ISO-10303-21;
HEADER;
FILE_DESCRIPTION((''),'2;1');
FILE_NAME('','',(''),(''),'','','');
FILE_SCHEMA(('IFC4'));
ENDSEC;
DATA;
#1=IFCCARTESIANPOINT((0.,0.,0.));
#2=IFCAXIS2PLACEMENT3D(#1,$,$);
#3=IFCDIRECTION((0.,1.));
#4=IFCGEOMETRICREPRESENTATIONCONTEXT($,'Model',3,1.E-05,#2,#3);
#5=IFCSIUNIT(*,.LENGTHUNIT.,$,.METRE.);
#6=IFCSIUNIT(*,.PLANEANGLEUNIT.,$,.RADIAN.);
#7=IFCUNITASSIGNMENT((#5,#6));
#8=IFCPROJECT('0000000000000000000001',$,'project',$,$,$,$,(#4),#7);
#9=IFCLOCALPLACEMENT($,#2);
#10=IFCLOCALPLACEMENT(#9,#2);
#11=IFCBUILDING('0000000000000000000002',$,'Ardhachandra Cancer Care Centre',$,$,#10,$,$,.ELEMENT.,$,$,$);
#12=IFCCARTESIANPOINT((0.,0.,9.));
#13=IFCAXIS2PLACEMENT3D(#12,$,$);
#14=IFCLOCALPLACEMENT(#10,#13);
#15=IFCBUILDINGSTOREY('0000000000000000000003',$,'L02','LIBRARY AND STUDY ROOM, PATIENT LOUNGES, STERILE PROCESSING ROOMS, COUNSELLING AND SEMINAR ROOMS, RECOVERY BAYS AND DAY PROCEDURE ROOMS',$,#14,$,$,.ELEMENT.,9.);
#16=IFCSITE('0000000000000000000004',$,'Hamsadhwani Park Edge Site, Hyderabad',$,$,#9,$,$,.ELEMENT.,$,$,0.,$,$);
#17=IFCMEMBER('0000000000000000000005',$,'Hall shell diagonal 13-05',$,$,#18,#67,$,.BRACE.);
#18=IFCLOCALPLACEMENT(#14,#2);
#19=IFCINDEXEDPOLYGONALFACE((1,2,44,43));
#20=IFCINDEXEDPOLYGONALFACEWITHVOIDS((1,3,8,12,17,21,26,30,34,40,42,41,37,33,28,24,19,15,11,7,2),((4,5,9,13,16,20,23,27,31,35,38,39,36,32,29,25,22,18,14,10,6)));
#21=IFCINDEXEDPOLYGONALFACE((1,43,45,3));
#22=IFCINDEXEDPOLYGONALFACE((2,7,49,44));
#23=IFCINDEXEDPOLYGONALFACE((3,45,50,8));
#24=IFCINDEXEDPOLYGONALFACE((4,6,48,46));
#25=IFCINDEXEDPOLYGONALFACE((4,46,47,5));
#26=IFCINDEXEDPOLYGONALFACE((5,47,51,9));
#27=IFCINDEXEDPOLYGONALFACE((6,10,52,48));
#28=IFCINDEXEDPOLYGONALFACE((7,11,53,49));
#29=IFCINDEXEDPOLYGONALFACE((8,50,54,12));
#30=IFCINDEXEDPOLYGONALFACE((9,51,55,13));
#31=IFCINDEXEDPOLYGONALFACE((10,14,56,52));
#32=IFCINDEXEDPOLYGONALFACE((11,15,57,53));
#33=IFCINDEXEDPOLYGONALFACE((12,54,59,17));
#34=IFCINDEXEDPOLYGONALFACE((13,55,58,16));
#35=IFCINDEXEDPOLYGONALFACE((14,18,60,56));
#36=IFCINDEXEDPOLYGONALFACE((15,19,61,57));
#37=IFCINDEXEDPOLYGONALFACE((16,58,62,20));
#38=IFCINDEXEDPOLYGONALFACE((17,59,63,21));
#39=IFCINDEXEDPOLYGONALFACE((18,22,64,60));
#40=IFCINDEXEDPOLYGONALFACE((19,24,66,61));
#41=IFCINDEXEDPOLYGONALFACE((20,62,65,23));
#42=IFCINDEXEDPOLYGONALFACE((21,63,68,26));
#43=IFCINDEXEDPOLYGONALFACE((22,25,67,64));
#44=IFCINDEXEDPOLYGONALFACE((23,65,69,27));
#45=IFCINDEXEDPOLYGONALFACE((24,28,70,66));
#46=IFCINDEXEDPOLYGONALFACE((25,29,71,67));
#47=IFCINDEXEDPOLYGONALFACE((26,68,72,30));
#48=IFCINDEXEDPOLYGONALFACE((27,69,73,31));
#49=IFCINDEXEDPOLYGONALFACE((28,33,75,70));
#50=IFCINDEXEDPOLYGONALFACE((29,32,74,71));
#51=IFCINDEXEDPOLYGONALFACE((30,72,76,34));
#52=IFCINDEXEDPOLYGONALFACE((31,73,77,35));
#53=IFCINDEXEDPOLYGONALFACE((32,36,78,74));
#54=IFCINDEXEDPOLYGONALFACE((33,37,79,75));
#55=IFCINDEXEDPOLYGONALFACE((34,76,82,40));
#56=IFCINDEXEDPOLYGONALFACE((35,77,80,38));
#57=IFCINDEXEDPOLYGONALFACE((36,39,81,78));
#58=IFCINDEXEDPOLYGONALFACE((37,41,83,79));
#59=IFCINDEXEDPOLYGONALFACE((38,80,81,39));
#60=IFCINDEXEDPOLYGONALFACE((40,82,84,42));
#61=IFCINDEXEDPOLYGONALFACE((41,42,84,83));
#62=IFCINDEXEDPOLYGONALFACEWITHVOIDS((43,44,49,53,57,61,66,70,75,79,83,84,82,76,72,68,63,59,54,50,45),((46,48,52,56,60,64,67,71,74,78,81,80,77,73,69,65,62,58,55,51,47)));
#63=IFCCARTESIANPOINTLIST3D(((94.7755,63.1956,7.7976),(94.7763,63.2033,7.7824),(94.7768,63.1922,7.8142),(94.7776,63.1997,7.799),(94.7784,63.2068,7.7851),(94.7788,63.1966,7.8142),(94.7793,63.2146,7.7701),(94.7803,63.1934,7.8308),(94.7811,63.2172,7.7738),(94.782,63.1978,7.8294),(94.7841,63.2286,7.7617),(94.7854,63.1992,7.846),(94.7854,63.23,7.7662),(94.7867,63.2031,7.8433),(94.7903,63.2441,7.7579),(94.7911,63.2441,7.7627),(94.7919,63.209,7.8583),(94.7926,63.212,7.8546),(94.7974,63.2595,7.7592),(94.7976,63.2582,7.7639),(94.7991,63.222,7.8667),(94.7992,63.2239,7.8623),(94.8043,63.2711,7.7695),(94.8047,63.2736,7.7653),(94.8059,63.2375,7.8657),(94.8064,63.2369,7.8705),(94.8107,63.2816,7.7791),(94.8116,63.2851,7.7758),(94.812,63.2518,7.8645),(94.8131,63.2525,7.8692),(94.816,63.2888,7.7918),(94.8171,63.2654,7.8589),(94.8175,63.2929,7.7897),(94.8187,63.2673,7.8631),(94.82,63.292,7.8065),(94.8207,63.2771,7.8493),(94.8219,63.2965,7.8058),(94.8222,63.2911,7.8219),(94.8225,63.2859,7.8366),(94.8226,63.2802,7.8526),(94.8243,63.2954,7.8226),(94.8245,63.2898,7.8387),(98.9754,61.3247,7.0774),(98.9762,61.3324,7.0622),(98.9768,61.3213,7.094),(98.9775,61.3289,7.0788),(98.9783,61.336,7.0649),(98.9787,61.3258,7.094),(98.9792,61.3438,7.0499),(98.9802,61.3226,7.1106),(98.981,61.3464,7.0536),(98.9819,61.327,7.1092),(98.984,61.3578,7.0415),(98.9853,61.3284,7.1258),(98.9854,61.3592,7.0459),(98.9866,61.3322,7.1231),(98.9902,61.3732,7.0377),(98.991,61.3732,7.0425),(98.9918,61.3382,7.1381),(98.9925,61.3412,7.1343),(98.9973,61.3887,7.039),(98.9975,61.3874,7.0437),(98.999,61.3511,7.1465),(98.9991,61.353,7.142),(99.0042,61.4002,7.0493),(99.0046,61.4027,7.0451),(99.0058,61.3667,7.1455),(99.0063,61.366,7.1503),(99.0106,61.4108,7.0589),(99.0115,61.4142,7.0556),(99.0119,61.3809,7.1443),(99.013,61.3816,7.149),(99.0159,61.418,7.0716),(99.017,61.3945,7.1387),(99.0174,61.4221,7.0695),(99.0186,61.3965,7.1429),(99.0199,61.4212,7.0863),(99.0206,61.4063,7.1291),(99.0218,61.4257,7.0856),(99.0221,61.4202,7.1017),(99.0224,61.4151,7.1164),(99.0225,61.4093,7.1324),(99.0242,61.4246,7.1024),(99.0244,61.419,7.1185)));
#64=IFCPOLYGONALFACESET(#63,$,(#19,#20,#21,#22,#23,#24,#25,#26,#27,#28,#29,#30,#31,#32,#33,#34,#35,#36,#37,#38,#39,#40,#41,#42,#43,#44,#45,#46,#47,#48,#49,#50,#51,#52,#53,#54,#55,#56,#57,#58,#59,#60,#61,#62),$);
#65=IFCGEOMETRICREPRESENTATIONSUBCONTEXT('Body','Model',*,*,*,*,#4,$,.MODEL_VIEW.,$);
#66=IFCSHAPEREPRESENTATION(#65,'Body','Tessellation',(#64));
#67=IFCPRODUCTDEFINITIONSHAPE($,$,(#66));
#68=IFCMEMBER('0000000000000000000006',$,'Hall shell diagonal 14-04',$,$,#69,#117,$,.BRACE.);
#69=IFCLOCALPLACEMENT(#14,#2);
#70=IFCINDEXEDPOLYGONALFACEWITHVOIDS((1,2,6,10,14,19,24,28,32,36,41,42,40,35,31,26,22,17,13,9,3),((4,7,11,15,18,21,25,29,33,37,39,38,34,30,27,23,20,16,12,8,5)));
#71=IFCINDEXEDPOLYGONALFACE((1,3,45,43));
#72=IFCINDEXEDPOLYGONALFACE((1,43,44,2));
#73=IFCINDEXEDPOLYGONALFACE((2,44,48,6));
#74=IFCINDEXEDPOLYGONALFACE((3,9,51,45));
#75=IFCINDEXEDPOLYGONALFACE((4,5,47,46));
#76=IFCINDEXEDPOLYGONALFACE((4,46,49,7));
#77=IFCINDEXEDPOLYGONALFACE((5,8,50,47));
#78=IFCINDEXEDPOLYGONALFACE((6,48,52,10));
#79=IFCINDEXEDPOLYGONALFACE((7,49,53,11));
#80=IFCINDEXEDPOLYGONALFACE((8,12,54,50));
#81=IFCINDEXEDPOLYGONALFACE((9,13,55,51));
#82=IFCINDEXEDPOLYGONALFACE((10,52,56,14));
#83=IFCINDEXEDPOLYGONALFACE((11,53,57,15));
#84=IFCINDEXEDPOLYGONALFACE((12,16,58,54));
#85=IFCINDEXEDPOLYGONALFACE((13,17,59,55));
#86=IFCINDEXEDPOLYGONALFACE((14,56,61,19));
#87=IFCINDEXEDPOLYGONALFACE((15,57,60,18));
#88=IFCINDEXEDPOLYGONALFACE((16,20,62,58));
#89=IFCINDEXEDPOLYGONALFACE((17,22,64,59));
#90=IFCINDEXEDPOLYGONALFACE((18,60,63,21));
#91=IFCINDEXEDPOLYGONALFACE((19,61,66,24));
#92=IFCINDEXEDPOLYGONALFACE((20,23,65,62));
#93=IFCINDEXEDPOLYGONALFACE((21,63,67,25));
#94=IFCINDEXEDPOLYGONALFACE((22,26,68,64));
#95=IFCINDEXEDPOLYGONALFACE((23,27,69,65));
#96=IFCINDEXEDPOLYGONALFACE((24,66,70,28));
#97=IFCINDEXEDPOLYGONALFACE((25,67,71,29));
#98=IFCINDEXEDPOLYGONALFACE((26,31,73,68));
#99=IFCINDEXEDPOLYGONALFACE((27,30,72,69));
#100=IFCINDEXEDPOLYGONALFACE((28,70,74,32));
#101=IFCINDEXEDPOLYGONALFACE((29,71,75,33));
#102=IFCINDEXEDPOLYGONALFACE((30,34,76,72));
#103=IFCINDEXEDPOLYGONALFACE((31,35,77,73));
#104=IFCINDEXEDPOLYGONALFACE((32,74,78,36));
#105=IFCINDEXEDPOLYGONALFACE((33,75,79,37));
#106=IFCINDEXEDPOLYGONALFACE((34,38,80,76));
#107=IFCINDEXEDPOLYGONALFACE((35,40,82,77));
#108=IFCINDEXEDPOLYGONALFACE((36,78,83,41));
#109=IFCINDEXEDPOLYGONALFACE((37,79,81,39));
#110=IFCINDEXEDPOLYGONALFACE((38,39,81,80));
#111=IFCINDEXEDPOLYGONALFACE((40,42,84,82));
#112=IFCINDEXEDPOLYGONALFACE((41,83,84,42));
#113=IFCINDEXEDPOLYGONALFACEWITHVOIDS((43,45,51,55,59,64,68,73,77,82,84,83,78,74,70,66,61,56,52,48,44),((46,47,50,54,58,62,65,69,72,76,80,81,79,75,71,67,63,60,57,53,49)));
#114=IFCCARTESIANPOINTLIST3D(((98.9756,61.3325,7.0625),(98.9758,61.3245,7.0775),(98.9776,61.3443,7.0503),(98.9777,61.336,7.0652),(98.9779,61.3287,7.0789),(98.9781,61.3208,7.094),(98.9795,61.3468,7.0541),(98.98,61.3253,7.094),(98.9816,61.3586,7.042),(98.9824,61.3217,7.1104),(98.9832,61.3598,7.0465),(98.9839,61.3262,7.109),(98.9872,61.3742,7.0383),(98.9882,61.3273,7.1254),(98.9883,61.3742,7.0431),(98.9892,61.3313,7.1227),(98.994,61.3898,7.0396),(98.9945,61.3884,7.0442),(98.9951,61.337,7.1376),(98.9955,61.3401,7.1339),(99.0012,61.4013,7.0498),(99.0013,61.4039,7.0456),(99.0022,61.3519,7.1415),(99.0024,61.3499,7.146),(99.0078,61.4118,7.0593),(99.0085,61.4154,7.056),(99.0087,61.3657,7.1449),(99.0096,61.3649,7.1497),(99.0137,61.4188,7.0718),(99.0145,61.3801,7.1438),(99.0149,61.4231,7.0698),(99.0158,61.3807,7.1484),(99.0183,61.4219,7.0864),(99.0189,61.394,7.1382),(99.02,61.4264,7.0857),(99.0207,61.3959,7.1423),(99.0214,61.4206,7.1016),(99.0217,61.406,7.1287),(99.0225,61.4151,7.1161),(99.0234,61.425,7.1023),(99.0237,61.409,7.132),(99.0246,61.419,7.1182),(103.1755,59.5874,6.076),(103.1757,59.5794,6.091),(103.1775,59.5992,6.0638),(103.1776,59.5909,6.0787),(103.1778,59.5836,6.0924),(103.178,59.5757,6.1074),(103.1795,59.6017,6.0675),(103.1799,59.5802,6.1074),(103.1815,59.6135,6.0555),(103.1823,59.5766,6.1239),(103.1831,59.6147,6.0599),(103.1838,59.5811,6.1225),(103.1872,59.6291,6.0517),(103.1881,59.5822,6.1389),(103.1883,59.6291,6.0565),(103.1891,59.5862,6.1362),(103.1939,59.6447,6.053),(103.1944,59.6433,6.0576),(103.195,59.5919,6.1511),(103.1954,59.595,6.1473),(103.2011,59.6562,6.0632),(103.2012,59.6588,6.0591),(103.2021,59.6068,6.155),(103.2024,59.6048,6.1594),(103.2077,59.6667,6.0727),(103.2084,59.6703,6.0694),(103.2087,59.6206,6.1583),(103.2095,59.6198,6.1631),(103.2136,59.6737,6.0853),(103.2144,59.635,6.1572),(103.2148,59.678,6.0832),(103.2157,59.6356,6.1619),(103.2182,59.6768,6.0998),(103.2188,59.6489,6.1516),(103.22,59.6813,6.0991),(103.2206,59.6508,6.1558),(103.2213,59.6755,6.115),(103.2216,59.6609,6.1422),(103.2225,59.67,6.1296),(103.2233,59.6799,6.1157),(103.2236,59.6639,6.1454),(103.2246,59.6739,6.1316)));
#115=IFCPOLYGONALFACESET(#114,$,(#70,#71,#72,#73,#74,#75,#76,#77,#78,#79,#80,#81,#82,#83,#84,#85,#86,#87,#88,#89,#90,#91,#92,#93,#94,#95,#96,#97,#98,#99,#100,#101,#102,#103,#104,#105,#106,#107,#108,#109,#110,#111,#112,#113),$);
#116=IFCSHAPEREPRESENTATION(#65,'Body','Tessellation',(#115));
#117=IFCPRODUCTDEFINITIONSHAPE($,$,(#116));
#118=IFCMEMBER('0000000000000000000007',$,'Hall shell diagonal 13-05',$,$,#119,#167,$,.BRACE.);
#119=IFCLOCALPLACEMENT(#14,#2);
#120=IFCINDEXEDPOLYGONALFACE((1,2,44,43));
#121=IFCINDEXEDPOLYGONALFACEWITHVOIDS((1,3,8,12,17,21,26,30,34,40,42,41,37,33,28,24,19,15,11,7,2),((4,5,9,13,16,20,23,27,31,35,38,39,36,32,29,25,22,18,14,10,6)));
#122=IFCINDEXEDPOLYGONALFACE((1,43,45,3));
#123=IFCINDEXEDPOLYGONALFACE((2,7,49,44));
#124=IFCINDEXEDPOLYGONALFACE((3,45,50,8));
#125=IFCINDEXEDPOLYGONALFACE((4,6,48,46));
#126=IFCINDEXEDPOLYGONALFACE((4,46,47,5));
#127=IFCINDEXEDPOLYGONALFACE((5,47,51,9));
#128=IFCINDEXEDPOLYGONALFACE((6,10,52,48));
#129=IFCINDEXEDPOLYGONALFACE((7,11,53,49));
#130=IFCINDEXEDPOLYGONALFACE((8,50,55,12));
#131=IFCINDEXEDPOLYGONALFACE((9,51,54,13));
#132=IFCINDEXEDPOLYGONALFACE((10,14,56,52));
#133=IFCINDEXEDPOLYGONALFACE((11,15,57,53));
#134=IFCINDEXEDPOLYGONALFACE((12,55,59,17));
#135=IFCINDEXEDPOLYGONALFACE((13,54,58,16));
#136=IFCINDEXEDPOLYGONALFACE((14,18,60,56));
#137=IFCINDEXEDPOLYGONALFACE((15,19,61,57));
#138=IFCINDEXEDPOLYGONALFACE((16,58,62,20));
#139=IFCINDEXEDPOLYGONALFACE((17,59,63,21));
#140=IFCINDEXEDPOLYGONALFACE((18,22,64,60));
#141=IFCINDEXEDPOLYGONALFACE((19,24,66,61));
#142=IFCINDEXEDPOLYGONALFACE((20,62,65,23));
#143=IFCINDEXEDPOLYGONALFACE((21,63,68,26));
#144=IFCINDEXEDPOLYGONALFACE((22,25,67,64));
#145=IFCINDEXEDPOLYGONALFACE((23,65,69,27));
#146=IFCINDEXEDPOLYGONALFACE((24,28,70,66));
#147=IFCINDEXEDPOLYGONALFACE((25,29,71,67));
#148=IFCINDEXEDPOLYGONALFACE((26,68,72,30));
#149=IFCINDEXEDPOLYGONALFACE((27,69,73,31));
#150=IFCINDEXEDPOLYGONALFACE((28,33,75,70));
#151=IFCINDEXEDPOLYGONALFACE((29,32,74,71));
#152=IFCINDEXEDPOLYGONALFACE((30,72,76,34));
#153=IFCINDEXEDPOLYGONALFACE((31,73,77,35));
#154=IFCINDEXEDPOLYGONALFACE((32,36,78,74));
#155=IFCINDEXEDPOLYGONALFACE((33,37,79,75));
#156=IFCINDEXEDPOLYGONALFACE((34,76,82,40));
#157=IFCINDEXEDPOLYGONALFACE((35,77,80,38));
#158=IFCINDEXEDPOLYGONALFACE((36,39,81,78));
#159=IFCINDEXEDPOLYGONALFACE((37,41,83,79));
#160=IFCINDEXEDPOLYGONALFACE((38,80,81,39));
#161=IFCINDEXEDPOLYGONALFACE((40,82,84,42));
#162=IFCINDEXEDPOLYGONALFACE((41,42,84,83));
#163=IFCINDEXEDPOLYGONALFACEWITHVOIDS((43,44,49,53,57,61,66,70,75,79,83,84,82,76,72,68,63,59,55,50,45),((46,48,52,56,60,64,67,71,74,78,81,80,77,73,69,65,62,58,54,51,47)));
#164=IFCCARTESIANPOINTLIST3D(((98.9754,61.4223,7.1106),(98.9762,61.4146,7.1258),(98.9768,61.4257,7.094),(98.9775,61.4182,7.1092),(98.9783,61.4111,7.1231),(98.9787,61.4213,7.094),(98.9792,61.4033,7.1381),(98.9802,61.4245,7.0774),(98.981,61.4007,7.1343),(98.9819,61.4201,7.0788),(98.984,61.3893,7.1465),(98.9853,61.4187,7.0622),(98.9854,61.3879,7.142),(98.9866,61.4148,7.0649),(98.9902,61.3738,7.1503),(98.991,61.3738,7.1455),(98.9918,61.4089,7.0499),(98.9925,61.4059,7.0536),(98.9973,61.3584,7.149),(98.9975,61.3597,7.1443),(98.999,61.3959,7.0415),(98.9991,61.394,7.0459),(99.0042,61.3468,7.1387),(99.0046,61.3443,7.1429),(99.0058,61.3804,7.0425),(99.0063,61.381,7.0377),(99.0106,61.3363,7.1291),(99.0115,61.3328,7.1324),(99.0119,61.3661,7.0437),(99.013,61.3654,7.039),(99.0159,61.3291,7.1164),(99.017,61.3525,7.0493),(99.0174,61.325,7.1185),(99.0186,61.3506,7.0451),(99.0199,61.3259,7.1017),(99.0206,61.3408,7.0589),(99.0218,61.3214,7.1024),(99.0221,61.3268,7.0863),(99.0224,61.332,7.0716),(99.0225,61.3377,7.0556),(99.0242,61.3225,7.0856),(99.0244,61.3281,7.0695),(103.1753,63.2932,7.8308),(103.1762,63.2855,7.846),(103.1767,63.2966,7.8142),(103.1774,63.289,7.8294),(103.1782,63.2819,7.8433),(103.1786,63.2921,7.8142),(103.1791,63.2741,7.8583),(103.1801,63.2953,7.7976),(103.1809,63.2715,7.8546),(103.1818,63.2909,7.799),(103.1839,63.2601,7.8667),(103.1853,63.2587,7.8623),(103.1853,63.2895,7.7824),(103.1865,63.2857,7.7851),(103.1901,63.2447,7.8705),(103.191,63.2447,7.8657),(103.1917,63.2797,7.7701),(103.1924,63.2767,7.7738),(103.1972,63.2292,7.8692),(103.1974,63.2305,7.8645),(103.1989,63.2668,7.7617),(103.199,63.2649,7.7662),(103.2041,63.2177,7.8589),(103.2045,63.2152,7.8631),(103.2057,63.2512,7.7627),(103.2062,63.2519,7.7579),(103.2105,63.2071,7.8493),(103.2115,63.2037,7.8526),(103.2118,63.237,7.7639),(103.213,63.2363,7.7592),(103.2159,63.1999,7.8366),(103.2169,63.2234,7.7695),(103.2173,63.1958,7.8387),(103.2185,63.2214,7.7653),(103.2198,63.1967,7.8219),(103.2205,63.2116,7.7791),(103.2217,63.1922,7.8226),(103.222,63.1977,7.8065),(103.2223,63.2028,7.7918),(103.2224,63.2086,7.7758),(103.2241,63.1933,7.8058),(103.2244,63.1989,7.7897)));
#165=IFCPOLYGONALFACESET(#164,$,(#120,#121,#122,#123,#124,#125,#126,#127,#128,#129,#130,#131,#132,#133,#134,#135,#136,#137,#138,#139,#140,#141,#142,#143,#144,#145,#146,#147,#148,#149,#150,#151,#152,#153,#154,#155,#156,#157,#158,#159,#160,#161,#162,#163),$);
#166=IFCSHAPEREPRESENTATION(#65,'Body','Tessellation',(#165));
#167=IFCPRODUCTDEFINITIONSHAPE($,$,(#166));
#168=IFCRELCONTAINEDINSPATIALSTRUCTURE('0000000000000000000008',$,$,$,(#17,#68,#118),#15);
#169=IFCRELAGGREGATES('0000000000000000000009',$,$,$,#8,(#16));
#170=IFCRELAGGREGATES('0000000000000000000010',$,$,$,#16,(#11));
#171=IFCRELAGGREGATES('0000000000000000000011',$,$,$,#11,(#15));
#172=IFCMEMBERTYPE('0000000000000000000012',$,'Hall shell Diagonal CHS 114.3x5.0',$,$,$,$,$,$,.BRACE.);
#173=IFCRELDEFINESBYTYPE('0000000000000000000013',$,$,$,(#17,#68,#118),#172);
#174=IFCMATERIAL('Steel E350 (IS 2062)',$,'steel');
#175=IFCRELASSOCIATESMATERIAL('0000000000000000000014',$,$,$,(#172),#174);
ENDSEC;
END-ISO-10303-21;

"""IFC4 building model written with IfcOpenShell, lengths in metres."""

from ifc_helpers import new_model, si_unit, direction, frame, origin, origin_2d, place, context, subcontext, project, spatial, hollow_circle, extrude, material, material_profile, profile_set, type_object, element, save


model = new_model("IFC4")

# Units and contexts
model_context = context("Model", 3, precision=1e-05, world=origin(), true_north=direction((0.0, 1.0)))
body_context = subcontext(model_context, "Body", "Model", "MODEL_VIEW")
ifc_project = project(units=[si_unit("LENGTHUNIT", "METRE"), si_unit("PLANEANGLEUNIT", "RADIAN")], contexts=[model_context])

# Site, building, storey
site_placement = place(None, origin())
site = spatial("IfcSite", under=ifc_project, at=site_placement, Name="Hamsadhwani Park Edge Site, Hyderabad", CompositionType="ELEMENT", RefElevation=0.0)
building_placement = place(site_placement, origin())
building = spatial("IfcBuilding", under=site, at=building_placement, Name="Ardhachandra Cancer Care Centre", CompositionType="ELEMENT")
storey_placement = place(building_placement, frame((0.0, 0.0, 9.0)))
storey = spatial("IfcBuildingStorey", under=building, at=storey_placement, Name="L02", Description="LIBRARY AND STUDY ROOM, PATIENT LOUNGES, STERILE PROCESSING ROOMS, COUNSELLING AND SEMINAR ROOMS, RECOVERY BAYS AND DAY PROCEDURE ROOMS", CompositionType="ELEMENT", Elevation=9.0)

# Members
ifc_material_1 = material(Name="Steel E350 (IS 2062)", Category="steel")
ifc_material_profile_1 = material_profile(ifc_material_1, hollow_circle(Radius=0.0571, WallThickness=0.0049, at=origin_2d()), Name="CHS 114.3x5.0")
ifc_profile_set_1 = profile_set([ifc_material_profile_1], Name="Steel E350 (IS 2062)")
member_type_1 = type_object("IfcMemberType", Name="Hall shell Diagonal CHS 114.3x5.0", PredefinedType="BRACE", material=ifc_profile_set_1)
for number, where, z_axis, x_axis, name in (
    (1, (99.0, 61.3735, 7.094), (-0.902467, 0.402, 0.154757), (-0.406902, -0.913472, 0.0), "Hall shell diagonal 13-05"),
    (2, (103.2, 59.6284, 6.1074), (-0.902467, 0.374983, 0.21199), (-0.383704, -0.923456, 0.0), "Hall shell diagonal 14-04"),
    (3, (99.0, 61.3735, 7.094), (0.902467, 0.402, 0.154757), (-0.406902, 0.913472, 0.0), "Hall shell diagonal 13-05"),
):
    element("IfcMember", number, at=place(storey_placement, frame(where, z_axis=z_axis, x_axis=x_axis)), inside=storey, type_object=member_type_1, Name=name, PredefinedType="BRACE", context=body_context, shape_type="SweptSolid", body=[
        extrude(hollow_circle(Radius=0.0571, WallThickness=0.0049, at=origin_2d()), origin(), (0.0, 0.0, 1.0), 4.6538),
    ])

save(model, "model.ifc")
